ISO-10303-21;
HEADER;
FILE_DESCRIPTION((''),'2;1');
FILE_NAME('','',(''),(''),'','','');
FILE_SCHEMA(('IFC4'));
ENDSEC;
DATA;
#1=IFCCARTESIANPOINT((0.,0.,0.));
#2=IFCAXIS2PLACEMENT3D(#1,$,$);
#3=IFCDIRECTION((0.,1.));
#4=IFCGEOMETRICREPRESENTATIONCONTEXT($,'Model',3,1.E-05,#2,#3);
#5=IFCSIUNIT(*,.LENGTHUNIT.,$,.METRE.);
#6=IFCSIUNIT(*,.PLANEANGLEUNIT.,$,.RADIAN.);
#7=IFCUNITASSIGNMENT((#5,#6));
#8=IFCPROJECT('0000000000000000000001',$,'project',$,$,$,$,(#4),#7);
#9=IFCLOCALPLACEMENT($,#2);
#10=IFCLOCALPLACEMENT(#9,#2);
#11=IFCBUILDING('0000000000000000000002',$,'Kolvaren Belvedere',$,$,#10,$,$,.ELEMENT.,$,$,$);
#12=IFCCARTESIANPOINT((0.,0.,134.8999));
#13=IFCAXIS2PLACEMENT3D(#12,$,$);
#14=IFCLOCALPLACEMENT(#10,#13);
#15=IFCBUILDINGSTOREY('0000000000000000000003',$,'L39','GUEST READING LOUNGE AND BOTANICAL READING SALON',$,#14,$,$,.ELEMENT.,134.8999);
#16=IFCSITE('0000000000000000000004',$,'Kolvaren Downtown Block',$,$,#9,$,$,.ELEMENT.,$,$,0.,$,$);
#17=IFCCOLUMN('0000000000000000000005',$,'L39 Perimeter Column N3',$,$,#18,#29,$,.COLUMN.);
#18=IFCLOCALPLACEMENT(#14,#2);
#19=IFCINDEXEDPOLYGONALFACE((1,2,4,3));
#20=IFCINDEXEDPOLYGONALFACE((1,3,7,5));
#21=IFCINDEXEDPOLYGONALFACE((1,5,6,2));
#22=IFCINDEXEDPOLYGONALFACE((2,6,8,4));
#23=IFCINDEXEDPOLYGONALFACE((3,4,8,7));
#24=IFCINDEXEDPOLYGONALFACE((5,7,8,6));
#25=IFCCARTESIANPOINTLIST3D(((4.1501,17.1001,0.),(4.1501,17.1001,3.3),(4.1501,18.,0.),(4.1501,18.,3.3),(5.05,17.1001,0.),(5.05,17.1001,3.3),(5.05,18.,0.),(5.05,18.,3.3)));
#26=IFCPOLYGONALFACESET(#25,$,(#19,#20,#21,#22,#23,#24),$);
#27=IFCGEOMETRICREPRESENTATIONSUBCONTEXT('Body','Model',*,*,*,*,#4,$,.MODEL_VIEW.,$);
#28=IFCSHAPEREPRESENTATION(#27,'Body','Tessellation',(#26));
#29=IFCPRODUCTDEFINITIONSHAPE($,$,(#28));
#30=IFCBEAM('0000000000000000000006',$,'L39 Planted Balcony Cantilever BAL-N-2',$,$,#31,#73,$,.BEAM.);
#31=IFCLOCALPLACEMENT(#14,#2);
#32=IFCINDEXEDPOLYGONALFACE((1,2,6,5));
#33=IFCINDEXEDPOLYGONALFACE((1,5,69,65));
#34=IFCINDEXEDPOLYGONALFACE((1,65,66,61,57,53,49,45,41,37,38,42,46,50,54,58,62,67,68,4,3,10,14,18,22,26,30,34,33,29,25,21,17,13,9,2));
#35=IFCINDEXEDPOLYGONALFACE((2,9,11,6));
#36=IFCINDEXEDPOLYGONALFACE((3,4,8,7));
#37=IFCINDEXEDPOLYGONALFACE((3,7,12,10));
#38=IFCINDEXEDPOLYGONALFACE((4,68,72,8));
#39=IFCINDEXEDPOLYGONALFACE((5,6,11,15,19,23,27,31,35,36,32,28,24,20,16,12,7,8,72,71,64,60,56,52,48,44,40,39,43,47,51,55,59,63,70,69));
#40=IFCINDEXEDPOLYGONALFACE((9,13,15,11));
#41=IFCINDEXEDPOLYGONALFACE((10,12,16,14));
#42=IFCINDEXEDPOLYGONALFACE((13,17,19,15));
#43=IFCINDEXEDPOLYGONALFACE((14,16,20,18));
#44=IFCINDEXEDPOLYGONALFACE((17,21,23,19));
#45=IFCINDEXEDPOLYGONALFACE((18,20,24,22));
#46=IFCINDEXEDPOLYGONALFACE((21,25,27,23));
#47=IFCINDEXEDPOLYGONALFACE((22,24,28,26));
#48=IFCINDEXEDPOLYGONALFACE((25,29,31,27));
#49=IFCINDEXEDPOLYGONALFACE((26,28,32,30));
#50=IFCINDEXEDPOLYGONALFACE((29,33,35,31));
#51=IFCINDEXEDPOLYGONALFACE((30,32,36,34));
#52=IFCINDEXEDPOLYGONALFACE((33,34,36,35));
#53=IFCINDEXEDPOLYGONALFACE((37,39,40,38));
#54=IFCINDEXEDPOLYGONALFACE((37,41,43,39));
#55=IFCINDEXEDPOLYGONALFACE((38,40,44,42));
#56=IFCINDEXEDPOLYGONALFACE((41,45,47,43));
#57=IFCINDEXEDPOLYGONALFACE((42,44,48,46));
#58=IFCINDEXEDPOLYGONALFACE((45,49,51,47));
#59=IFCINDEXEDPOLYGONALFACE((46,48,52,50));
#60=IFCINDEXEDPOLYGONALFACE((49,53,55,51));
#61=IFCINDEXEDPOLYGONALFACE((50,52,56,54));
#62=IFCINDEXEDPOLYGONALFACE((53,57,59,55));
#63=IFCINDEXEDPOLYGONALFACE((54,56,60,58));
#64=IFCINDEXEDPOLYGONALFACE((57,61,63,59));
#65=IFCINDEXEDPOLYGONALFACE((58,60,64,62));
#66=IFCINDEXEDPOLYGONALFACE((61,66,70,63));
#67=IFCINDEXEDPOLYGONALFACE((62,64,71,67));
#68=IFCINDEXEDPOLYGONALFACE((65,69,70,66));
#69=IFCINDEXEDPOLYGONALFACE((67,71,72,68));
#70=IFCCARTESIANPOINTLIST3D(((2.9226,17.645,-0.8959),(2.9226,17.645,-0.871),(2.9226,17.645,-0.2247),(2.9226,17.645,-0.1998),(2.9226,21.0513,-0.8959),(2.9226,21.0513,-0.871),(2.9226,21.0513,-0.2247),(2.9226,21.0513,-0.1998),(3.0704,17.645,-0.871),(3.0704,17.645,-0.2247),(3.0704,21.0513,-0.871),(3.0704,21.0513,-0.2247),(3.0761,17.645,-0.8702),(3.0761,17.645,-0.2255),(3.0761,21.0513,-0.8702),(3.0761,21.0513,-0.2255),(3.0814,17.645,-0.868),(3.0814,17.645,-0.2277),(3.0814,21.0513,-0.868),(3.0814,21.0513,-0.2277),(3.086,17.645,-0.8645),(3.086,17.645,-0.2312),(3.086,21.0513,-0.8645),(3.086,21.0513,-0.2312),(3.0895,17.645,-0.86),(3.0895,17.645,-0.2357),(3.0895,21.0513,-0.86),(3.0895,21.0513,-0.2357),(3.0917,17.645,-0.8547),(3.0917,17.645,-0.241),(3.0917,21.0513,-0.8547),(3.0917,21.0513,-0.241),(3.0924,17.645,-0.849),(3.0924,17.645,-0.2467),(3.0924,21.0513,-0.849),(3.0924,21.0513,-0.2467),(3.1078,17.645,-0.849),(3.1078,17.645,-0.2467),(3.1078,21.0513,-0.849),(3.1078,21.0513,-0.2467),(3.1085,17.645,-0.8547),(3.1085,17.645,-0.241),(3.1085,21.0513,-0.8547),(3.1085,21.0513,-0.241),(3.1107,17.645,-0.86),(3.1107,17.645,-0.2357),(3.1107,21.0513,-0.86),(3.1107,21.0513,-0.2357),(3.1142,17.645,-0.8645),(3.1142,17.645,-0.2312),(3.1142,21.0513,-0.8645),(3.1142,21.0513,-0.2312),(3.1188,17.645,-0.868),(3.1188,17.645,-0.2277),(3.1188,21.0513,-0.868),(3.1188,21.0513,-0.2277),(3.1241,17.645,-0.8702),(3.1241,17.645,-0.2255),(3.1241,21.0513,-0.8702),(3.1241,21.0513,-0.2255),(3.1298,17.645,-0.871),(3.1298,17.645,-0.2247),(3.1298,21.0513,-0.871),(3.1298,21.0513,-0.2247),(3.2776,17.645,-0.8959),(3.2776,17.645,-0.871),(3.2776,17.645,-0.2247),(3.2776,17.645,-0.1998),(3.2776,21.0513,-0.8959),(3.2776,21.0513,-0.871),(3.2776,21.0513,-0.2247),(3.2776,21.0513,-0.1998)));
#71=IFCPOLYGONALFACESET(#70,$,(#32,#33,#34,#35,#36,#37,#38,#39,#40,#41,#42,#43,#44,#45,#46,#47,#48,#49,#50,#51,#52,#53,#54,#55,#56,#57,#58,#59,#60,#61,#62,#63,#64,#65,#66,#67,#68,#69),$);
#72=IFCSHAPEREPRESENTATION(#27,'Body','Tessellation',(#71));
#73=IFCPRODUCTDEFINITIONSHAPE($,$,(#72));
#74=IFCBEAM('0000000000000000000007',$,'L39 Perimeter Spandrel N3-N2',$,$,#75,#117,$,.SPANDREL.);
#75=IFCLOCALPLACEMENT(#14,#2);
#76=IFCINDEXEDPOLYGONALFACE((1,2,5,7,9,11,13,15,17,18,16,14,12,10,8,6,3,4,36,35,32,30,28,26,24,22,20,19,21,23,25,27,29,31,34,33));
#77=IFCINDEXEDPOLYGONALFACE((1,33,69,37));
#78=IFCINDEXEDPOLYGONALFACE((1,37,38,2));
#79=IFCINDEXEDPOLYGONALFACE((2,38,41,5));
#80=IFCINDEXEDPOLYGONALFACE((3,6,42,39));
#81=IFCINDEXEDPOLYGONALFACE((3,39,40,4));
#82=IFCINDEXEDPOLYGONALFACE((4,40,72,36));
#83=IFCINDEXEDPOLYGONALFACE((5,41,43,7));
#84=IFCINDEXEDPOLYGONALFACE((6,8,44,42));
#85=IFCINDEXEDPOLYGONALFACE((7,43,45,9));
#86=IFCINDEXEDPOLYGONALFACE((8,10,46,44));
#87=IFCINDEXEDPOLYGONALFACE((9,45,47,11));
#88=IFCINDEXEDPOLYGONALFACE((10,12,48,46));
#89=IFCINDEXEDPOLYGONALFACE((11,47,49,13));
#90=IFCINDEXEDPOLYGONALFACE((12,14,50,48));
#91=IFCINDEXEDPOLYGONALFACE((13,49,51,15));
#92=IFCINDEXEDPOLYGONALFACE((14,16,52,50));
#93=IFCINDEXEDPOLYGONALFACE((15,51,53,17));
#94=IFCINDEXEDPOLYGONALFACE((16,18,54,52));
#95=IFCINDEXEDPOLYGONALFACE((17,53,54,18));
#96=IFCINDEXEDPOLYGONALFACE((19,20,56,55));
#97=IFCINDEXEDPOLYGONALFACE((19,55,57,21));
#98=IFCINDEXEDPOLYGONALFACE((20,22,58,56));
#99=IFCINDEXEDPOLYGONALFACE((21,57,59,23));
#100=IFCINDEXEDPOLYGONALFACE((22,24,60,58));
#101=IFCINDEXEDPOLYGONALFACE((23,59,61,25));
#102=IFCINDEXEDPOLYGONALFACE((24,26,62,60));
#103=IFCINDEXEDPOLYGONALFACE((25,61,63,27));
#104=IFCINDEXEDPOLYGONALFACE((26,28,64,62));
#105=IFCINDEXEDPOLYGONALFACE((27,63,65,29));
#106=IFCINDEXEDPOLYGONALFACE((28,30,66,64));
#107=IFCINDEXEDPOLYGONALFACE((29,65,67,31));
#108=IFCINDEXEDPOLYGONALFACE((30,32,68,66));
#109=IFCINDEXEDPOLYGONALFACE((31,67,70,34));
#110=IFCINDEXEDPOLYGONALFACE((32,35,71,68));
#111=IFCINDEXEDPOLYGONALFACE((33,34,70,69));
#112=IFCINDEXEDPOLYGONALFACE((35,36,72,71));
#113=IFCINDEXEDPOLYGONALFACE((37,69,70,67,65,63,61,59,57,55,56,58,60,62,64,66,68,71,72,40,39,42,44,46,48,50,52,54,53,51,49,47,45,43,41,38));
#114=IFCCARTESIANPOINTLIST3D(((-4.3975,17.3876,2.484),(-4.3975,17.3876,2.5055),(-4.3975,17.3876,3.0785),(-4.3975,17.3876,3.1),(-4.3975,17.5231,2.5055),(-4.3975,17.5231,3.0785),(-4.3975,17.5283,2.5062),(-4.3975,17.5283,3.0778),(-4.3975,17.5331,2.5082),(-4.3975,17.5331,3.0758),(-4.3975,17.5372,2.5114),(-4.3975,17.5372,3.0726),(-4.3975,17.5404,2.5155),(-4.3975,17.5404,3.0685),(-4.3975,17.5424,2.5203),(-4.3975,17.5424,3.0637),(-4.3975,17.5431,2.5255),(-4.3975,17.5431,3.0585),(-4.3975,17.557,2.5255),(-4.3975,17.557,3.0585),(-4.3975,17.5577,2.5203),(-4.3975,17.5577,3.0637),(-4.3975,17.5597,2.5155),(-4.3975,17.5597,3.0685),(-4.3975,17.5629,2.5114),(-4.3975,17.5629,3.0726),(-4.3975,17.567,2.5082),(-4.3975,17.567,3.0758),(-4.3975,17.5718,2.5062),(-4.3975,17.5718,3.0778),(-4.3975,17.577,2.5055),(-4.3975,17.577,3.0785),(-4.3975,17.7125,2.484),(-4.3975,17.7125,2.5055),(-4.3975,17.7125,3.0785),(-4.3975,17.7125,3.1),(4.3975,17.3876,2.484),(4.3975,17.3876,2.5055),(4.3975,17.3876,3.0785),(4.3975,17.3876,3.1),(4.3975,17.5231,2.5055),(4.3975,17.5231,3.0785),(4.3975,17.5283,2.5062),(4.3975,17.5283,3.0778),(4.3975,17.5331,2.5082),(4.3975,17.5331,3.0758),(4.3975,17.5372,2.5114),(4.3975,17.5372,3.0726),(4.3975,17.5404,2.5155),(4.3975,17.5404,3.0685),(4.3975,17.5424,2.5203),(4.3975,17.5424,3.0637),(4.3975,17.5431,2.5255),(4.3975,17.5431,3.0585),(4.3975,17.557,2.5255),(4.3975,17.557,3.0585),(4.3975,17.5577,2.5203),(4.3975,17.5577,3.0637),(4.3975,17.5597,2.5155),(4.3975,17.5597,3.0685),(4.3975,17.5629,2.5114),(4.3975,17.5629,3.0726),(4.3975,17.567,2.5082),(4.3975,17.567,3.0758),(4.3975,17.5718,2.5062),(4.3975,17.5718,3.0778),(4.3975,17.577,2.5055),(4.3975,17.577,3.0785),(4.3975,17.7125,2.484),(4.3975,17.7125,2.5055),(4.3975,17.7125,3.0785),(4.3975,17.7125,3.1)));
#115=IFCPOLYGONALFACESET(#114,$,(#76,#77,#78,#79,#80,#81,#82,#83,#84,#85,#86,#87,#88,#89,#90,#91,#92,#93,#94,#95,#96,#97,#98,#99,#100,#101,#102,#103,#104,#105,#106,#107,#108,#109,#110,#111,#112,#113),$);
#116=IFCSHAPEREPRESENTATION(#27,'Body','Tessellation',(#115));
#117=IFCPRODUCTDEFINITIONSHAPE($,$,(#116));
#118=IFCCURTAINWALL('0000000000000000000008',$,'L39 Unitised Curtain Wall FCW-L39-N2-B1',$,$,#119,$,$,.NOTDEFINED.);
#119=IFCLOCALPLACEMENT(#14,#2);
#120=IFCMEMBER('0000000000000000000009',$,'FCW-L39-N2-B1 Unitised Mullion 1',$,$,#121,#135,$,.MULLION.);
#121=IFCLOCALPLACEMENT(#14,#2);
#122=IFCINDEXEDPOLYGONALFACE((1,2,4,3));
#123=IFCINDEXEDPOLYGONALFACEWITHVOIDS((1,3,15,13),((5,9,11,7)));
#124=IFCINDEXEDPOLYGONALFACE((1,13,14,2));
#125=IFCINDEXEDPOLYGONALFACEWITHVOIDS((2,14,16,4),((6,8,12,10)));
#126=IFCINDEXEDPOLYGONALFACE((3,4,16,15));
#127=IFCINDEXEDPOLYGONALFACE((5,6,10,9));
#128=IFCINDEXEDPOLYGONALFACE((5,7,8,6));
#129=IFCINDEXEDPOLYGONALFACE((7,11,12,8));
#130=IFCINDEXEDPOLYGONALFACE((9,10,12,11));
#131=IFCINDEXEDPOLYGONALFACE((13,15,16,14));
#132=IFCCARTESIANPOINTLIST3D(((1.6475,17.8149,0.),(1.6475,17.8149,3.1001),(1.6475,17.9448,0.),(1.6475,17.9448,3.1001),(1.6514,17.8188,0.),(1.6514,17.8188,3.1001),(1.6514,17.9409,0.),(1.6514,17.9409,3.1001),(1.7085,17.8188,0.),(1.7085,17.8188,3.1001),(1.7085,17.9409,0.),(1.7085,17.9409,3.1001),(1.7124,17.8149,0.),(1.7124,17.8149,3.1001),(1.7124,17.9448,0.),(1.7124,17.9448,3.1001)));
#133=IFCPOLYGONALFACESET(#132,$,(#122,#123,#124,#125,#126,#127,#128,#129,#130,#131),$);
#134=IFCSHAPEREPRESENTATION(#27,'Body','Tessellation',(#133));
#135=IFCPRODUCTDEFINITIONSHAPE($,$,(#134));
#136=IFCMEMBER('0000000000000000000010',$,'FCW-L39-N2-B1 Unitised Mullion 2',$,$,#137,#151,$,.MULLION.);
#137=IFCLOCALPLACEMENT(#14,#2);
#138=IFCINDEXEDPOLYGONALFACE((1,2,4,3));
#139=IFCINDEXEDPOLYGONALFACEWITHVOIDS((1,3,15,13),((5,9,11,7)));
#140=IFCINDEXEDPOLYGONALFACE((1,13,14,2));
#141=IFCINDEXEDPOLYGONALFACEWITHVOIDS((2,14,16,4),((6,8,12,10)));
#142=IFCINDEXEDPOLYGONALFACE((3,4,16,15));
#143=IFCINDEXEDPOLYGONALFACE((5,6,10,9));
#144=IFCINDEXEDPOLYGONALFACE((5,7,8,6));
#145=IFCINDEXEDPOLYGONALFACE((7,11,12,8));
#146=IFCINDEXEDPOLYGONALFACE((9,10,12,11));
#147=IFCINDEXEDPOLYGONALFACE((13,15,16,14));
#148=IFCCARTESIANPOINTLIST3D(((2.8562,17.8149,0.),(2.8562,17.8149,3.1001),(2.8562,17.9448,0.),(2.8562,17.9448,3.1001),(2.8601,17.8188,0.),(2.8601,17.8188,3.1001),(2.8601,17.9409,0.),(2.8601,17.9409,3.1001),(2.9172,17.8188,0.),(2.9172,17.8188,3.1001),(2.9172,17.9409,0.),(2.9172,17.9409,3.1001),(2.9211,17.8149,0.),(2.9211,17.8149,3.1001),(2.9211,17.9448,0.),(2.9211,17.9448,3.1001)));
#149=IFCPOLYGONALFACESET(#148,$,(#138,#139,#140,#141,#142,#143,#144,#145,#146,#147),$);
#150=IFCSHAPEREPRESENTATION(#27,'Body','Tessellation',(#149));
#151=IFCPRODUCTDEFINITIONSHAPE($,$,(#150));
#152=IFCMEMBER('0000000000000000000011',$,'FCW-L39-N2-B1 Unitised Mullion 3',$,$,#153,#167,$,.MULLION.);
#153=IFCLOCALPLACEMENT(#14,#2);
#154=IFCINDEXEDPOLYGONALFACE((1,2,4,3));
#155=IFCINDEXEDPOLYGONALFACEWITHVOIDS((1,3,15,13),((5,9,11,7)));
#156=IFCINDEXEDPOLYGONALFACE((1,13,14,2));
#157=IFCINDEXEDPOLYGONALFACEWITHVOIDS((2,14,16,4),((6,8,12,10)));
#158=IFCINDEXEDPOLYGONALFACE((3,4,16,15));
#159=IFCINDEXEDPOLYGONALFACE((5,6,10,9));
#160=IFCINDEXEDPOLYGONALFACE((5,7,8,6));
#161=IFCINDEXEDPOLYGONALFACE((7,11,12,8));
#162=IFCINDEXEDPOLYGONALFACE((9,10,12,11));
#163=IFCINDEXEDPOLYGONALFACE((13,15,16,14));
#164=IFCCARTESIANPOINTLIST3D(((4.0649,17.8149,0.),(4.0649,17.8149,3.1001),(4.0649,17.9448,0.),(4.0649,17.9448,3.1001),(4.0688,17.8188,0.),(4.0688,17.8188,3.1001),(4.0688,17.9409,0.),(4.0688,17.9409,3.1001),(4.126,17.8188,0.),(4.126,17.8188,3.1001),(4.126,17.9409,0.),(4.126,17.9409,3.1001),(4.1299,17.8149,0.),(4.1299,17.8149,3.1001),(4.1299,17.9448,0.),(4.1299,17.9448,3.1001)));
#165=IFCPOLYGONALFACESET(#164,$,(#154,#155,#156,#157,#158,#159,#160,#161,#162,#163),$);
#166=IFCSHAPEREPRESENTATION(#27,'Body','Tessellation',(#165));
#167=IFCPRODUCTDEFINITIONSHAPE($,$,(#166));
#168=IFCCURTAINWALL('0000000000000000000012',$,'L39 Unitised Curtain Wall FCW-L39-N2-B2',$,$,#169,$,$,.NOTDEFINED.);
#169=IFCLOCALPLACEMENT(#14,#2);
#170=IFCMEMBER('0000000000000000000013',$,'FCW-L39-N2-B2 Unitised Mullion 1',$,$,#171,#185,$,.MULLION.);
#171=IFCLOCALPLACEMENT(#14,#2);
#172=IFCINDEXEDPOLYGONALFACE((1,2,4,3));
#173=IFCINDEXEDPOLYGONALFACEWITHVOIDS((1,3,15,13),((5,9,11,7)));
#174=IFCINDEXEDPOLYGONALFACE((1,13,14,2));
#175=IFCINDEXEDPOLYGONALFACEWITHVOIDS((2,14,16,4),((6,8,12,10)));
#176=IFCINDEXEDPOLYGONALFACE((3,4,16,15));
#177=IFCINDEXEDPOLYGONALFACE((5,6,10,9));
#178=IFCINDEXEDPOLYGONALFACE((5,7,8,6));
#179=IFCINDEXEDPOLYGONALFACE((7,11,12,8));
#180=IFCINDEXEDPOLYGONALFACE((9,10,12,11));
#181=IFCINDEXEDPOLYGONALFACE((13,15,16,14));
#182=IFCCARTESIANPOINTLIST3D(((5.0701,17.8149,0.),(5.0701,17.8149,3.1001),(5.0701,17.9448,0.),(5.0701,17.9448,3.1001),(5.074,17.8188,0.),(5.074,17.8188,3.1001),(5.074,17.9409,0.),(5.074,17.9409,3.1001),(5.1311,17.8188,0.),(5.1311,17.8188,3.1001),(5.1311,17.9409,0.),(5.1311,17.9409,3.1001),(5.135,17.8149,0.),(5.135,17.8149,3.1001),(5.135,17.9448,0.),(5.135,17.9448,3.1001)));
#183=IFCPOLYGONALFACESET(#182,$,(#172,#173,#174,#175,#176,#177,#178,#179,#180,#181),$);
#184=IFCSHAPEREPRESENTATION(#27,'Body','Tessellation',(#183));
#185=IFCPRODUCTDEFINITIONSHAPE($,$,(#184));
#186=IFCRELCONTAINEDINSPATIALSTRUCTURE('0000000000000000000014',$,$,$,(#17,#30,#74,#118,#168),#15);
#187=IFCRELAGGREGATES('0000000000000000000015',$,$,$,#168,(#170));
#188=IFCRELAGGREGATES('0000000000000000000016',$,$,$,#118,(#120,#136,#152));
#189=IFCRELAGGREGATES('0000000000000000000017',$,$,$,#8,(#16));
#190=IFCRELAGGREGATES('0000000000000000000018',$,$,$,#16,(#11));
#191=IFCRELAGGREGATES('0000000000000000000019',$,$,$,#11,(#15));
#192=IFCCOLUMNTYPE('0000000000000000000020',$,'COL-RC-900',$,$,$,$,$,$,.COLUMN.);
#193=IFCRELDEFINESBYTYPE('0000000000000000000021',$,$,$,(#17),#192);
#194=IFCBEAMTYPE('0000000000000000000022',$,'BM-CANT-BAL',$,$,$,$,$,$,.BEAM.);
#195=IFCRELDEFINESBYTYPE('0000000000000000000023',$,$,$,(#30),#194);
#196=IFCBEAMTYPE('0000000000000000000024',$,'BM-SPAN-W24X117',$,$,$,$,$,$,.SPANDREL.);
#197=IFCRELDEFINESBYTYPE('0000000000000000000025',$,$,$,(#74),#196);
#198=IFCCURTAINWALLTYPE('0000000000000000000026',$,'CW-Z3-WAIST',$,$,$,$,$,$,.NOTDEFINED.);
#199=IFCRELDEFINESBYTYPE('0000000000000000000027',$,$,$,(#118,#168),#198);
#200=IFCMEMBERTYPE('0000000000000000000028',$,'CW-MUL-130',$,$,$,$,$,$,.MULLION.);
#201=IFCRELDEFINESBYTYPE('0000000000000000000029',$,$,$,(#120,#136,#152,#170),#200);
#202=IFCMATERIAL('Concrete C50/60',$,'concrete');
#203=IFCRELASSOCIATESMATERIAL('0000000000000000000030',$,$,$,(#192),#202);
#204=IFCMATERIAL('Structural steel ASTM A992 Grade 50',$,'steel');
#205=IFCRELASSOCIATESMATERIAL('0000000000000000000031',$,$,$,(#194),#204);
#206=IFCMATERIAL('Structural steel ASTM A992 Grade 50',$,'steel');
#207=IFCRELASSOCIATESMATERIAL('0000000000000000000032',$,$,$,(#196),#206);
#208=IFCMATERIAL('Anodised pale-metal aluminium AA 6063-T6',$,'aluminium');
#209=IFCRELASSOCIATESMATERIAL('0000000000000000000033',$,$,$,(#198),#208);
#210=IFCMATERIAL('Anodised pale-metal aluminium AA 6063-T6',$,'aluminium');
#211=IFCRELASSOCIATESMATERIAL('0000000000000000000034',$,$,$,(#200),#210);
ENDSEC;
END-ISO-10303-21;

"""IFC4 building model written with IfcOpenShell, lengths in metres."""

from ifc_helpers import new_model, si_unit, direction, frame, origin, origin_2d, place, context, subcontext, project, spatial, rectangle, hollow_rectangle, i_section, extrude, material, material_profile, profile_set, type_object, element, aggregate, save


model = new_model("IFC4")

# Units and contexts
model_context = context("Model", 3, precision=1e-05, world=origin(), true_north=direction((0.0, 1.0)))
body_context = subcontext(model_context, "Body", "Model", "MODEL_VIEW")
ifc_project = project(units=[si_unit("LENGTHUNIT", "METRE"), si_unit("PLANEANGLEUNIT", "RADIAN")], contexts=[model_context])

# Site, building, storey
site_placement = place(None, origin())
site = spatial("IfcSite", under=ifc_project, at=site_placement, Name="Kolvaren Downtown Block", CompositionType="ELEMENT", RefElevation=0.0)
building_placement = place(site_placement, origin())
building = spatial("IfcBuilding", under=site, at=building_placement, Name="Kolvaren Belvedere", CompositionType="ELEMENT")
storey_placement = place(building_placement, frame((0.0, 0.0, 134.8999)))
storey = spatial("IfcBuildingStorey", under=building, at=storey_placement, Name="L39", Description="GUEST READING LOUNGE AND BOTANICAL READING SALON", CompositionType="ELEMENT", Elevation=134.8999)

# Column
ifc_material_1 = material(Name="Concrete C50/60", Category="concrete")
ifc_material_profile_1 = material_profile(ifc_material_1, rectangle(XDim=0.8999, YDim=0.8999, at=origin_2d()), Name="RC 900X900")
ifc_profile_set_1 = profile_set([ifc_material_profile_1], Name="Concrete C50/60")
column_type = type_object("IfcColumnType", Name="COL-RC-900", PredefinedType="COLUMN", material=ifc_profile_set_1)
column_placement = place(storey_placement, frame((4.6001, 17.55, 0.0), z_axis=(0.0, 0.0, 1.0), x_axis=(1.0, 0.0, 0.0)))
element("IfcColumn", 1, at=column_placement, inside=storey, type_object=column_type, Name="L39 Perimeter Column N3", PredefinedType="COLUMN", context=body_context, shape_type="SweptSolid", body=[
    extrude(rectangle(XDim=0.8999, YDim=0.8999, at=origin_2d()), origin(), (0.0, 0.0, 1.0), 3.3),
])

# Beams
ifc_material_2 = material(Name="Structural steel ASTM A992 Grade 50", Category="steel")
ifc_material_profile_2 = material_profile(ifc_material_2, i_section(OverallWidth=0.355, OverallDepth=0.696, WebThickness=0.0154, FlangeThickness=0.0249, FilletRadius=0.022, at=origin_2d()), Name="W27X146")
ifc_profile_set_2 = profile_set([ifc_material_profile_2], Name="Structural steel ASTM A992 Grade 50")
beam_type_1 = type_object("IfcBeamType", Name="BM-CANT-BAL", PredefinedType="BEAM", material=ifc_profile_set_2)
beam_1_placement = place(storey_placement, frame((3.1001, 17.645, -0.5479), z_axis=(0.0, 1.0, 0.0), x_axis=(-1.0, 0.0, 0.0)))
element("IfcBeam", 2, at=beam_1_placement, inside=storey, type_object=beam_type_1, Name="L39 Planted Balcony Cantilever BAL-N-2", PredefinedType="BEAM", context=body_context, shape_type="SweptSolid", body=[
    extrude(i_section(OverallWidth=0.355, OverallDepth=0.696, WebThickness=0.0154, FlangeThickness=0.0249, FilletRadius=0.022, at=origin_2d()), origin(), (0.0, 0.0, 1.0), 3.4062),
])
ifc_material_3 = material(Name="Structural steel ASTM A992 Grade 50", Category="steel")
ifc_material_profile_3 = material_profile(ifc_material_3, i_section(OverallWidth=0.325, OverallDepth=0.616, WebThickness=0.0139, FlangeThickness=0.0215, FilletRadius=0.02, at=origin_2d()), Name="W24X117")
ifc_profile_set_3 = profile_set([ifc_material_profile_3], Name="Structural steel ASTM A992 Grade 50")
beam_type_2 = type_object("IfcBeamType", Name="BM-SPAN-W24X117", PredefinedType="SPANDREL", material=ifc_profile_set_3)
beam_2_placement = place(storey_placement, frame((4.3975, 17.55, 2.792), z_axis=(-1.0, 0.0, 0.0), x_axis=(0.0, -1.0, 0.0)))
element("IfcBeam", 3, at=beam_2_placement, inside=storey, type_object=beam_type_2, Name="L39 Perimeter Spandrel N3-N2", PredefinedType="SPANDREL", context=body_context, shape_type="SweptSolid", body=[
    extrude(i_section(OverallWidth=0.325, OverallDepth=0.616, WebThickness=0.0139, FlangeThickness=0.0215, FilletRadius=0.02, at=origin_2d()), origin(), (0.0, 0.0, 1.0), 8.7949),
])

# Curtain wall, members
ifc_material_4 = material(Name="Anodised pale-metal aluminium AA 6063-T6", Category="aluminium")
curtain_wall_type = type_object("IfcCurtainWallType", Name="CW-Z3-WAIST", PredefinedType="NOTDEFINED", material=ifc_material_4)
curtain_wall_1_placement = place(storey_placement, origin())
curtain_wall_1 = element("IfcCurtainWall", 4, at=curtain_wall_1_placement, inside=storey, type_object=curtain_wall_type, Name="L39 Unitised Curtain Wall FCW-L39-N2-B1", PredefinedType="NOTDEFINED")
ifc_material_5 = material(Name="Anodised pale-metal aluminium AA 6063-T6", Category="aluminium")
ifc_material_profile_4 = material_profile(ifc_material_5, hollow_rectangle(XDim=0.0649, YDim=0.1299, WallThickness=0.0039, at=origin_2d()), Name="ALU-MUL-130X65")
ifc_profile_set_4 = profile_set([ifc_material_profile_4], Name="Anodised pale-metal aluminium AA 6063-T6")
member_type_1 = type_object("IfcMemberType", Name="CW-MUL-130", PredefinedType="MULLION", material=ifc_profile_set_4)
member_1_placement = place(storey_placement, frame((1.6799, 17.8799, 0.0), z_axis=(0.0, 0.0, 1.0), x_axis=(1.0, 0.0, 0.0)))
member_1 = element("IfcMember", 5, at=member_1_placement, type_object=member_type_1, Name="FCW-L39-N2-B1 Unitised Mullion 1", PredefinedType="MULLION", context=body_context, shape_type="SweptSolid", body=[
    extrude(hollow_rectangle(XDim=0.0649, YDim=0.1299, WallThickness=0.0039, at=origin_2d()), origin(), (0.0, 0.0, 1.0), 3.1001),
])
member_2_placement = place(storey_placement, frame((2.8887, 17.8799, 0.0), z_axis=(0.0, 0.0, 1.0), x_axis=(1.0, 0.0, 0.0)))
member_2 = element("IfcMember", 6, at=member_2_placement, type_object=member_type_1, Name="FCW-L39-N2-B1 Unitised Mullion 2", PredefinedType="MULLION", context=body_context, shape_type="SweptSolid", body=[
    extrude(hollow_rectangle(XDim=0.0649, YDim=0.1299, WallThickness=0.0039, at=origin_2d()), origin(), (0.0, 0.0, 1.0), 3.1001),
])
member_3_placement = place(storey_placement, frame((4.0974, 17.8799, 0.0), z_axis=(0.0, 0.0, 1.0), x_axis=(1.0, 0.0, 0.0)))
member_3 = element("IfcMember", 7, at=member_3_placement, type_object=member_type_1, Name="FCW-L39-N2-B1 Unitised Mullion 3", PredefinedType="MULLION", context=body_context, shape_type="SweptSolid", body=[
    extrude(hollow_rectangle(XDim=0.0649, YDim=0.1299, WallThickness=0.0039, at=origin_2d()), origin(), (0.0, 0.0, 1.0), 3.1001),
])

# Curtain wall, member
curtain_wall_2_placement = place(storey_placement, origin())
curtain_wall_2 = element("IfcCurtainWall", 8, at=curtain_wall_2_placement, inside=storey, type_object=curtain_wall_type, Name="L39 Unitised Curtain Wall FCW-L39-N2-B2", PredefinedType="NOTDEFINED")
member_4_placement = place(storey_placement, frame((5.1025, 17.8799, 0.0), z_axis=(0.0, 0.0, 1.0), x_axis=(1.0, 0.0, 0.0)))
member_4 = element("IfcMember", 9, at=member_4_placement, type_object=member_type_1, Name="FCW-L39-N2-B2 Unitised Mullion 1", PredefinedType="MULLION", context=body_context, shape_type="SweptSolid", body=[
    extrude(hollow_rectangle(XDim=0.0649, YDim=0.1299, WallThickness=0.0039, at=origin_2d()), origin(), (0.0, 0.0, 1.0), 3.1001),
])

aggregate(curtain_wall_2, [member_4])

aggregate(curtain_wall_1, [member_1, member_2, member_3])

save(model, "model.ifc")
